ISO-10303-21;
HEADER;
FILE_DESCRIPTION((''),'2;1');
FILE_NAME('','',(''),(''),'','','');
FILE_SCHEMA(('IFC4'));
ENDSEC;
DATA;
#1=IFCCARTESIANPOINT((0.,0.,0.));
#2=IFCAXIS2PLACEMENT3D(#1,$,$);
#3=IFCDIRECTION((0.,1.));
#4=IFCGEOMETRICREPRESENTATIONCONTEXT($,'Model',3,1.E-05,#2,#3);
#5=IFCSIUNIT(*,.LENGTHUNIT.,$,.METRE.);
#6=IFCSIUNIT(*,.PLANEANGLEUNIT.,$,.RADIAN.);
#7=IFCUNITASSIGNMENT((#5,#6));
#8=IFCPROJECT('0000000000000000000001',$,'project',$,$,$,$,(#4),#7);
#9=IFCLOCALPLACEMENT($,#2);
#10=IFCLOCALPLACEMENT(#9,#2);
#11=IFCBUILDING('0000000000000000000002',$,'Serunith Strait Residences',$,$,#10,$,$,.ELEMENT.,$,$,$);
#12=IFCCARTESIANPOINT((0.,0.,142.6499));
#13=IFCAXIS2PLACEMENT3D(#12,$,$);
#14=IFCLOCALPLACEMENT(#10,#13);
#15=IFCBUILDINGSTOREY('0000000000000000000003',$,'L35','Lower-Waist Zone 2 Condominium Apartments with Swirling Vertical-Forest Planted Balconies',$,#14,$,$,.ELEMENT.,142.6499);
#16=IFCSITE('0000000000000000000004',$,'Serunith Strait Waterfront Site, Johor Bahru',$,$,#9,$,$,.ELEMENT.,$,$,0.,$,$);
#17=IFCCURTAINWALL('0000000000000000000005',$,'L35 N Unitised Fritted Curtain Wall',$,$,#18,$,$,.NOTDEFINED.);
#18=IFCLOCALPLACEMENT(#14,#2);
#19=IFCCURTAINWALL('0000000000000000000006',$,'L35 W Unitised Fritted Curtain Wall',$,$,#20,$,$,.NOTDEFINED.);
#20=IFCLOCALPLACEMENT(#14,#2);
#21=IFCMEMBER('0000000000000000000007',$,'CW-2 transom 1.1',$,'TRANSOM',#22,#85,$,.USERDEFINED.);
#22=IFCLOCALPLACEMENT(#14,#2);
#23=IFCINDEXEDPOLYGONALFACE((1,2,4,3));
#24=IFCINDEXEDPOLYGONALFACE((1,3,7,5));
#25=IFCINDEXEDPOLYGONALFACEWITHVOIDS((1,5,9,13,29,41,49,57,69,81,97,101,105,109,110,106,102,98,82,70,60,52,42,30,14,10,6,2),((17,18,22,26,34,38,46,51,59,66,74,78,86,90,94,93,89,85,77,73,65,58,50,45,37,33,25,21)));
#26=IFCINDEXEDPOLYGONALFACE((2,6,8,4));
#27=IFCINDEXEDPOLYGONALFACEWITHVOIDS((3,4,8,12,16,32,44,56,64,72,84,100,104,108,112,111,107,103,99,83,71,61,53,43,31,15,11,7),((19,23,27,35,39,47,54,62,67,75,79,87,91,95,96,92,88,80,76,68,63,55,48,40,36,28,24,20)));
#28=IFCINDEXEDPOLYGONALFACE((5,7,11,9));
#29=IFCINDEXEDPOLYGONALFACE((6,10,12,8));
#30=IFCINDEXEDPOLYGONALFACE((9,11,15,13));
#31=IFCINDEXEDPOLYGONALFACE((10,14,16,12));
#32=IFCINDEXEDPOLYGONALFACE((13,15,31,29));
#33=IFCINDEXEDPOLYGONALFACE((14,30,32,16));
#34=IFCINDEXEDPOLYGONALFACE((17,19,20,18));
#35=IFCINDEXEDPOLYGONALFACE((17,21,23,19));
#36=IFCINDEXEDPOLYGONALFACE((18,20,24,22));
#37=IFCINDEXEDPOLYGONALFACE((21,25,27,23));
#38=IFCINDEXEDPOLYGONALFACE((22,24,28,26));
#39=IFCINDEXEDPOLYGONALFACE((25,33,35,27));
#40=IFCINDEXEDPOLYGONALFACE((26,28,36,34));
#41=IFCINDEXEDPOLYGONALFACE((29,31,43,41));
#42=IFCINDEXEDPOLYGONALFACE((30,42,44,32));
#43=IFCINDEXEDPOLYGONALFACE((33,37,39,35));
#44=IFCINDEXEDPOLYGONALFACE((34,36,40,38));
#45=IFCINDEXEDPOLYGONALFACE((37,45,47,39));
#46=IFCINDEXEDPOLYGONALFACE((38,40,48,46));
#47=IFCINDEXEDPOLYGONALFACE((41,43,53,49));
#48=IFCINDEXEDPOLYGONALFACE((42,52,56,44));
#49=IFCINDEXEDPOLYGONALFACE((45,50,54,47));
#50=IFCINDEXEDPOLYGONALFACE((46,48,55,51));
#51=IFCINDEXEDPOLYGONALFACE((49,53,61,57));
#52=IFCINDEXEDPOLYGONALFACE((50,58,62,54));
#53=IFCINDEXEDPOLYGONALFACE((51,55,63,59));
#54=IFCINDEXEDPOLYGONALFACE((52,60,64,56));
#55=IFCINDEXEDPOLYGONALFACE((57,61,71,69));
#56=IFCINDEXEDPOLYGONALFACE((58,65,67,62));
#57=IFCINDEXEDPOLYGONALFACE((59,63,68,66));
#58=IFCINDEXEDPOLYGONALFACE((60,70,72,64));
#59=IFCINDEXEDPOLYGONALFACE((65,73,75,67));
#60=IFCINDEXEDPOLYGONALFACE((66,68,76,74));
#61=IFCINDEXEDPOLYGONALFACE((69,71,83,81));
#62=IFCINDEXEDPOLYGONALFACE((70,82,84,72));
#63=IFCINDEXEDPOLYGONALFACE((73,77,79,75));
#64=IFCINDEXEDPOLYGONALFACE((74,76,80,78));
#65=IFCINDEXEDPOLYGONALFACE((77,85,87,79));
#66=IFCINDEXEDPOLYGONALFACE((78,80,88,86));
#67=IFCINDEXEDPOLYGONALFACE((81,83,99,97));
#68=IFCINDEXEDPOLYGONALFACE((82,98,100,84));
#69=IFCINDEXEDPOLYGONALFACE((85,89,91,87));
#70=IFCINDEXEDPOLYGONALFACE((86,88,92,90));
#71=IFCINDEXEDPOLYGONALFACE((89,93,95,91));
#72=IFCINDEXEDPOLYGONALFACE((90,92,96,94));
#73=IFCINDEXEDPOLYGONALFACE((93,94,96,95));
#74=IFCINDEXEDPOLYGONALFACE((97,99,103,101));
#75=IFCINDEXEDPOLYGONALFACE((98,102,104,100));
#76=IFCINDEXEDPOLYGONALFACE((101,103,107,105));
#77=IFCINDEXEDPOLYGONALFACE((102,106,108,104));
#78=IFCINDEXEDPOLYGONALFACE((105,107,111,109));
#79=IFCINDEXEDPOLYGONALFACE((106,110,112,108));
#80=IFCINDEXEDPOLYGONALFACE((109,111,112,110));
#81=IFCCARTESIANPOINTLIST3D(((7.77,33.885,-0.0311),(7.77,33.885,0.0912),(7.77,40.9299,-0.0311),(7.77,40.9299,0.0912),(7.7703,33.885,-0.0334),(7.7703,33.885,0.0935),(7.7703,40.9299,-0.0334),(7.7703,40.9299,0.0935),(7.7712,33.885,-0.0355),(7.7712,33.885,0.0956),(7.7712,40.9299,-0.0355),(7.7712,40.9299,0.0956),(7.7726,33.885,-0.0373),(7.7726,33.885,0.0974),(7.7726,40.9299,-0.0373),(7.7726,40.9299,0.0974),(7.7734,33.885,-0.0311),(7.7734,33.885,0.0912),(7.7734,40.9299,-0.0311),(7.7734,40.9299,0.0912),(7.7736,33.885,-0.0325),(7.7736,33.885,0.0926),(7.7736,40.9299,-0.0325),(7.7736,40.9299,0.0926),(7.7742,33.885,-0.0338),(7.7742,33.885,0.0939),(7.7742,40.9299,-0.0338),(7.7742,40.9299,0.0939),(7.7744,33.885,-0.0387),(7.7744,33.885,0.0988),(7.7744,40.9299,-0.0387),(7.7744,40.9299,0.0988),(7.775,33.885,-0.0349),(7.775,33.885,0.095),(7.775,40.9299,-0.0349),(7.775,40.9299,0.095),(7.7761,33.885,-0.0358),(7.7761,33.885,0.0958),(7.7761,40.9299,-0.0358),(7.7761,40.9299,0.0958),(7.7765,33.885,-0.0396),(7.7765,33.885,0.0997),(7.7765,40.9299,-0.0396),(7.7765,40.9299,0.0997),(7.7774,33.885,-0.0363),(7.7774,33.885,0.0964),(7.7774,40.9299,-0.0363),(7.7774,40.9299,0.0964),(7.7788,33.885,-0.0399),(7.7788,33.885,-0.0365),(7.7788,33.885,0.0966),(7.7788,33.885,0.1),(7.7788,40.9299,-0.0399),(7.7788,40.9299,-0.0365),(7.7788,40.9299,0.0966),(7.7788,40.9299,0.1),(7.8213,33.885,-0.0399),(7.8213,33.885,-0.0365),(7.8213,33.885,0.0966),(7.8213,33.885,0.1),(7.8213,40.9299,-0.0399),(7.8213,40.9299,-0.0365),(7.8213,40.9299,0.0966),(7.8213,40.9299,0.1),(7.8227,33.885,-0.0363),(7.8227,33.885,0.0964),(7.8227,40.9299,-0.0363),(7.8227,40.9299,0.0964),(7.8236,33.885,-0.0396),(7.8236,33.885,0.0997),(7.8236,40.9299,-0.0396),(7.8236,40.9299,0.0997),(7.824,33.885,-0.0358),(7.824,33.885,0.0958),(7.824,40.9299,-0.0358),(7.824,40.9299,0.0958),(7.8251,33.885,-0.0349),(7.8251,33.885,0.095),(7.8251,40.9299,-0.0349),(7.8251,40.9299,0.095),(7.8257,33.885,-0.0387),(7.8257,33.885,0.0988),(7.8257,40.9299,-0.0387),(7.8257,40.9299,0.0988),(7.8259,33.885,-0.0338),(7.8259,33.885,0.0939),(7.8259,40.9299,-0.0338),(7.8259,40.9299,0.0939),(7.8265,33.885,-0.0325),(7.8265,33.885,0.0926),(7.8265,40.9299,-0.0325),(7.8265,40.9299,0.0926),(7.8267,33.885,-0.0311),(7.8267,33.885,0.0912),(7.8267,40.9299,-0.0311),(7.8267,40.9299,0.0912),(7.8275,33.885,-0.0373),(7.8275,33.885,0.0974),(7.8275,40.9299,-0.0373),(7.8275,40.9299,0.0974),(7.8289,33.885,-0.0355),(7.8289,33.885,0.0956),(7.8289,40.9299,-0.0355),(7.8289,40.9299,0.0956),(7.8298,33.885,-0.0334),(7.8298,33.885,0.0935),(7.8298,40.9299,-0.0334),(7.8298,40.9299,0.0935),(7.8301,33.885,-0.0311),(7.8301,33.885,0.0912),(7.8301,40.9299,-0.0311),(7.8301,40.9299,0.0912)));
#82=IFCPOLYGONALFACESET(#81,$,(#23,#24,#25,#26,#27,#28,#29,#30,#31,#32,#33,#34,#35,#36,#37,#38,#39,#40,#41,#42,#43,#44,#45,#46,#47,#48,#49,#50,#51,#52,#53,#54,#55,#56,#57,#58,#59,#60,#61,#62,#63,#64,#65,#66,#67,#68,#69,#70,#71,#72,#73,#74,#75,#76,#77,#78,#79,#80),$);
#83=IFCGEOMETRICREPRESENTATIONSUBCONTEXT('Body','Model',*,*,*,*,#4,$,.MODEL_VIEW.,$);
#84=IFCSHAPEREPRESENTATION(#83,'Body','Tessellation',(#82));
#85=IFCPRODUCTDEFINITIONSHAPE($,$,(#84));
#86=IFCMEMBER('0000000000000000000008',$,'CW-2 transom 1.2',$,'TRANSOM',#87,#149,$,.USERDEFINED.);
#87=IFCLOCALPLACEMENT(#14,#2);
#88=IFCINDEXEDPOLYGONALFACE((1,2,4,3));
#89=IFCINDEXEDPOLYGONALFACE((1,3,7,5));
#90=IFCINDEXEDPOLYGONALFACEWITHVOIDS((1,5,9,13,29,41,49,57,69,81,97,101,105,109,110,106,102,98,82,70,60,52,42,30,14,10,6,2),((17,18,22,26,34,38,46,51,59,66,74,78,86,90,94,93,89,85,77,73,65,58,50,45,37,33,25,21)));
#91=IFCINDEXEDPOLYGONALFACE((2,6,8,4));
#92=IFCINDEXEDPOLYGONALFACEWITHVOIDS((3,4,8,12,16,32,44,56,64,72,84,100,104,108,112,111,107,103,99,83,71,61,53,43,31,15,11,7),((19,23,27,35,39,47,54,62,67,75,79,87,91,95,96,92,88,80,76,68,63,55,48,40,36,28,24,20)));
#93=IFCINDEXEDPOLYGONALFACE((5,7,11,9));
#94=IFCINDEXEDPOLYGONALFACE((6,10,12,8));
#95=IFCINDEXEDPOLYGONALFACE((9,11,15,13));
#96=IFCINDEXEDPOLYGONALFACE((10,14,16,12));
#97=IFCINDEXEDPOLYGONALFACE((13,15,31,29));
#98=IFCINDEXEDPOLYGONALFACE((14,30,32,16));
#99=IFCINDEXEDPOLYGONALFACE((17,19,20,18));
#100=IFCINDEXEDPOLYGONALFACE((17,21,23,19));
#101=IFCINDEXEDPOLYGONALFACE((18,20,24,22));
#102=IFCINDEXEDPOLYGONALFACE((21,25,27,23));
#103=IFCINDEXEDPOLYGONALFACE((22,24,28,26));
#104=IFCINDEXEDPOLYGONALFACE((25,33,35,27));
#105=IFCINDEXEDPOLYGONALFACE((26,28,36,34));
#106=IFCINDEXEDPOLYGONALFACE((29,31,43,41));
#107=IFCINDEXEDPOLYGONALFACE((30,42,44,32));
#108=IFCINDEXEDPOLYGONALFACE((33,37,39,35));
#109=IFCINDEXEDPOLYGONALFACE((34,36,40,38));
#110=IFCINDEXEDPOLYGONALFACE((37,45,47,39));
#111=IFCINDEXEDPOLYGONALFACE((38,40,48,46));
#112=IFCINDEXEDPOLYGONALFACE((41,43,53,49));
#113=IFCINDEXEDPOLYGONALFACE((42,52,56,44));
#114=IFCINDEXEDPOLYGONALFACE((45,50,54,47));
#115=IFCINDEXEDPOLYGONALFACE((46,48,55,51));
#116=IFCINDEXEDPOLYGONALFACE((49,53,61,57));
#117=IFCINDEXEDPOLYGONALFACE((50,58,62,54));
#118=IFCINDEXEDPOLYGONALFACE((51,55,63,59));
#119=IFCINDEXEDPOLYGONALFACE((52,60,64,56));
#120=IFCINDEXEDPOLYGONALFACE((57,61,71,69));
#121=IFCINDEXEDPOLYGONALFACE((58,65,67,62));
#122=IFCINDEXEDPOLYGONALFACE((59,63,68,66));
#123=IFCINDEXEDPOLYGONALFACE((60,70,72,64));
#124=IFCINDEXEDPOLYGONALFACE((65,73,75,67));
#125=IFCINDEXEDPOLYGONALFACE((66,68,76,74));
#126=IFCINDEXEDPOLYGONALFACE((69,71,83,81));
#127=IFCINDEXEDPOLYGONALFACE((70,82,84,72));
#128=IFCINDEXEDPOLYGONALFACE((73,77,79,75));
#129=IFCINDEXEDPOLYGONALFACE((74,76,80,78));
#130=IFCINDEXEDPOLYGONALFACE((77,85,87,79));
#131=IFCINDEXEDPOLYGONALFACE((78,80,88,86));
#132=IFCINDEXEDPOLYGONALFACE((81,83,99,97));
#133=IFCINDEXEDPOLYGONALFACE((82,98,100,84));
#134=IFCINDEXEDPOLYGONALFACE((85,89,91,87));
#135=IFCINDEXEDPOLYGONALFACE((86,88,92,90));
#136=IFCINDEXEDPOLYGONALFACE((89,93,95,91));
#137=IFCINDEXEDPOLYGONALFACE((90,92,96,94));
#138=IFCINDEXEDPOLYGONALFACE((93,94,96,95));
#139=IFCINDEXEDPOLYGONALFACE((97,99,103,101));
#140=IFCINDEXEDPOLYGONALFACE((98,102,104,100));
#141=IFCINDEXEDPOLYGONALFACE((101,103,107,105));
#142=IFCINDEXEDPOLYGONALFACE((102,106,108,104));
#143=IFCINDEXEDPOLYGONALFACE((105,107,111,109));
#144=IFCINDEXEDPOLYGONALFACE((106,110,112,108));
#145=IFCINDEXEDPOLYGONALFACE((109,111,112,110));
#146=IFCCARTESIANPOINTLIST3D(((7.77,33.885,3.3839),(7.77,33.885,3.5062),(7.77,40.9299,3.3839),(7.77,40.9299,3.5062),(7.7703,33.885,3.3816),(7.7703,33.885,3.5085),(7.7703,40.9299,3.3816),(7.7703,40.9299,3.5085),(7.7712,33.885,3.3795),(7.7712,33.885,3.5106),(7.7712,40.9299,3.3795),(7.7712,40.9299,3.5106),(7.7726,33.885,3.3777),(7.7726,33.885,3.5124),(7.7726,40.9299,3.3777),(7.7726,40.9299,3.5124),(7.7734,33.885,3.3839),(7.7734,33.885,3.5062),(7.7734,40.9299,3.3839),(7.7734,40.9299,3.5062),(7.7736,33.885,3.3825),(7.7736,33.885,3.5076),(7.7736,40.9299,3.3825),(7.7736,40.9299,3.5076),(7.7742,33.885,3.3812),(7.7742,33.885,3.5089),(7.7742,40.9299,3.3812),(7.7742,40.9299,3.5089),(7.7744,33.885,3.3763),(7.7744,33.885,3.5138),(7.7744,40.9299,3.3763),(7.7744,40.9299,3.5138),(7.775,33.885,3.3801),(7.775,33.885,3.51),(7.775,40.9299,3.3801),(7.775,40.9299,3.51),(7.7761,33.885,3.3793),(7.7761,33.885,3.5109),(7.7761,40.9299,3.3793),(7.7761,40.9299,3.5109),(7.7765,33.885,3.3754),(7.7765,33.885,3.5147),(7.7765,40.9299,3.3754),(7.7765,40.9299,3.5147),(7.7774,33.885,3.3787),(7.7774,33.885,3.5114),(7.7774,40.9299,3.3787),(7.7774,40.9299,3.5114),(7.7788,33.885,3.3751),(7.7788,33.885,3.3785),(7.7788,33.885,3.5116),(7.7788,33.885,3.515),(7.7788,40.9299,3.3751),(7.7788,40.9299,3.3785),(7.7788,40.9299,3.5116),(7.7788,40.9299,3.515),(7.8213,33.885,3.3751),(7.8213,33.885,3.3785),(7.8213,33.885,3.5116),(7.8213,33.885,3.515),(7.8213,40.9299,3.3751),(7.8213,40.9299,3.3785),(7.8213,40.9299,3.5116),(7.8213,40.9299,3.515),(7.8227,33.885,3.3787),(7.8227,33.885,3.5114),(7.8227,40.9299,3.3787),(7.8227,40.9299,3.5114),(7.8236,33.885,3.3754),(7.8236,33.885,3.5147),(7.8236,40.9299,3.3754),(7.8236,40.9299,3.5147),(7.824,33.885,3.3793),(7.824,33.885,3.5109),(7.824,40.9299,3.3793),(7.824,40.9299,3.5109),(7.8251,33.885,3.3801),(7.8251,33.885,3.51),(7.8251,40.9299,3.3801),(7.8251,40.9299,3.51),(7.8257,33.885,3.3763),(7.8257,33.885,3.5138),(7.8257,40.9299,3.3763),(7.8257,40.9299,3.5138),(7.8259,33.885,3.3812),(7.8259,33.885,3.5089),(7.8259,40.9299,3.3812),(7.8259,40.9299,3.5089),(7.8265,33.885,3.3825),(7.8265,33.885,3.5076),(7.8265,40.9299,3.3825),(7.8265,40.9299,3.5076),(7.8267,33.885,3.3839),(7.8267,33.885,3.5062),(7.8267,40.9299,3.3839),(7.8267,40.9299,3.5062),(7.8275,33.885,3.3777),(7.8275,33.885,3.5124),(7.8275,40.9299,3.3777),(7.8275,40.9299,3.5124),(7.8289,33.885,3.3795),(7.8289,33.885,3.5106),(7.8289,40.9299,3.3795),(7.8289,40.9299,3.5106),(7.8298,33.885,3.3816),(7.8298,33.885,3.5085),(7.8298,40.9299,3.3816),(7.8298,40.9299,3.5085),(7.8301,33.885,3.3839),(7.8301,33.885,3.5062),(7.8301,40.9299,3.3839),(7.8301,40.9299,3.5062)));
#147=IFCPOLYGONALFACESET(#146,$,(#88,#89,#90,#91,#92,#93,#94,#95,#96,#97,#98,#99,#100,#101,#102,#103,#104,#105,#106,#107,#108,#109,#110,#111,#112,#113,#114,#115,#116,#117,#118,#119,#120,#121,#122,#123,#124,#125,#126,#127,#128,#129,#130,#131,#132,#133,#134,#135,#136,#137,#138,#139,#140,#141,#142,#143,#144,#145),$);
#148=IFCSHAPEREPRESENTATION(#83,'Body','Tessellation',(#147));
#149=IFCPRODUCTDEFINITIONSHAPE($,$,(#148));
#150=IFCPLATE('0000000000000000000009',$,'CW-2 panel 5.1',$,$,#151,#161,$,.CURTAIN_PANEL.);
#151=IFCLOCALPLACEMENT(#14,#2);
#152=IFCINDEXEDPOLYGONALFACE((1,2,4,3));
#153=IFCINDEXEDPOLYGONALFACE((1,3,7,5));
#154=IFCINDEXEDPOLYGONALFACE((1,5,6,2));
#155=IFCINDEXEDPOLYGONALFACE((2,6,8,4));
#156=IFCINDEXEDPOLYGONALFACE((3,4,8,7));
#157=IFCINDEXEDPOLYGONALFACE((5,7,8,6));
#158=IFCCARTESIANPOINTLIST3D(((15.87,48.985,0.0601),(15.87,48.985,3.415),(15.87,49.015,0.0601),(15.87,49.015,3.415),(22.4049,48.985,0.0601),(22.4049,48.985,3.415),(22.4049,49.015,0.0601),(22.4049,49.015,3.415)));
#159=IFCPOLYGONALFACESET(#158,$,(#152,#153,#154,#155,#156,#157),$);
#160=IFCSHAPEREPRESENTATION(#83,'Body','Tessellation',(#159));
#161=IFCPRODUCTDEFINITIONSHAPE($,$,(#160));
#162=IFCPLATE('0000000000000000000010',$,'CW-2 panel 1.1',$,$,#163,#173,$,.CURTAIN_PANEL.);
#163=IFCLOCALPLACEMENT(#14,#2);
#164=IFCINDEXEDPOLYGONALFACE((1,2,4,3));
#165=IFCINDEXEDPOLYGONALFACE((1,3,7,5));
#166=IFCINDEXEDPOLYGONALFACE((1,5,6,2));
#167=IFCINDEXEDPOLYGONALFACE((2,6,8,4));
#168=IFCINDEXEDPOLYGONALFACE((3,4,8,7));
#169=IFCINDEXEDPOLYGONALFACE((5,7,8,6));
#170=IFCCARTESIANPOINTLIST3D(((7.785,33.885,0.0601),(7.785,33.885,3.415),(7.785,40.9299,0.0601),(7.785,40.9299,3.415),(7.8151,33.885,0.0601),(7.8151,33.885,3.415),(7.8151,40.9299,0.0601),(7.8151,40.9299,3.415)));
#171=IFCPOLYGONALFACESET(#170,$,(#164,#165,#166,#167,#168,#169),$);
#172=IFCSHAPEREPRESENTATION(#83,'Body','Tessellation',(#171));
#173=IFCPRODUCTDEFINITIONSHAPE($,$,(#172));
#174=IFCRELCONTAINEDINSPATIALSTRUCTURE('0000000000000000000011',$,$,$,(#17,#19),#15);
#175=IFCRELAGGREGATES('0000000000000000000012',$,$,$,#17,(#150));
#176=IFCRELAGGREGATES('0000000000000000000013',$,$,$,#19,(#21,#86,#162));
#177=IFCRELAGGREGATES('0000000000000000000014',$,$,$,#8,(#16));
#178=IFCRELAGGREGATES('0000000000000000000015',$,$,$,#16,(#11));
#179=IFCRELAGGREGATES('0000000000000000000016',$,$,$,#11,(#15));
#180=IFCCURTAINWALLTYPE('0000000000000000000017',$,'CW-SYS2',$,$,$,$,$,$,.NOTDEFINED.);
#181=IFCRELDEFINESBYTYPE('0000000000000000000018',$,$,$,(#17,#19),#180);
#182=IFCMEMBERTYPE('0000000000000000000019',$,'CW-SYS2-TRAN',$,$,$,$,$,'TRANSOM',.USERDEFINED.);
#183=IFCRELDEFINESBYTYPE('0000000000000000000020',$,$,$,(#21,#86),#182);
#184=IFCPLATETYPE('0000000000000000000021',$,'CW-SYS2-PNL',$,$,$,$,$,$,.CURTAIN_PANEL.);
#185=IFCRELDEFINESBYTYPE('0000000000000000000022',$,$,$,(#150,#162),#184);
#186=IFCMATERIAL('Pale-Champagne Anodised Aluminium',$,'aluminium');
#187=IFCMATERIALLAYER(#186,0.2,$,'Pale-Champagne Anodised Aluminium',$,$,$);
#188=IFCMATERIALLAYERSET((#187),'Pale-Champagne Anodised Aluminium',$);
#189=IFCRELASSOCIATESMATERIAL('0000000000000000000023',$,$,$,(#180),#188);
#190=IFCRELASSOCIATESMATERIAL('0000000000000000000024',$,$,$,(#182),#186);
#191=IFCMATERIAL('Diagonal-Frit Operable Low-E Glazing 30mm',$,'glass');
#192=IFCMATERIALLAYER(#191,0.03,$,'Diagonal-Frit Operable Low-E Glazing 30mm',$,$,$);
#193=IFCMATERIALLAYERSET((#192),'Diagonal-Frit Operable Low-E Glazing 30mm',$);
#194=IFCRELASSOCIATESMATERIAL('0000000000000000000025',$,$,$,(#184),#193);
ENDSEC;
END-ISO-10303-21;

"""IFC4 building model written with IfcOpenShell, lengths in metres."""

from ifc_helpers import new_model, si_unit, direction, frame, origin, origin_2d, place, context, subcontext, project, spatial, rectangle, hollow_rectangle, extrude, source, transform, mapped, material, layer, layer_set, material_profile, profile_set, type_object, element, aggregate, save


model = new_model("IFC4")

# Units and contexts
model_context = context("Model", 3, precision=1e-05, world=origin(), true_north=direction((0.0, 1.0)))
body_context = subcontext(model_context, "Body", "Model", "MODEL_VIEW")
ifc_project = project(units=[si_unit("LENGTHUNIT", "METRE"), si_unit("PLANEANGLEUNIT", "RADIAN")], contexts=[model_context])

# Site, building, storey
site_placement = place(None, origin())
site = spatial("IfcSite", under=ifc_project, at=site_placement, Name="Serunith Strait Waterfront Site, Johor Bahru", CompositionType="ELEMENT", RefElevation=0.0)
building_placement = place(site_placement, origin())
building = spatial("IfcBuilding", under=site, at=building_placement, Name="Serunith Strait Residences", CompositionType="ELEMENT")
storey_placement = place(building_placement, frame((0.0, 0.0, 142.6499)))
storey = spatial("IfcBuildingStorey", under=building, at=storey_placement, Name="L35", Description="Lower-Waist Zone 2 Condominium Apartments with Swirling Vertical-Forest Planted Balconies", CompositionType="ELEMENT", Elevation=142.6499)

# Curtain wall
ifc_material_1 = material(Name="Pale-Champagne Anodised Aluminium", Category="aluminium")
ifc_layer_1 = layer(ifc_material_1, 0.2, Name="Pale-Champagne Anodised Aluminium")
ifc_layer_set_1 = layer_set([ifc_layer_1], Name="Pale-Champagne Anodised Aluminium")
curtain_wall_type = type_object("IfcCurtainWallType", Name="CW-SYS2", PredefinedType="NOTDEFINED", material=ifc_layer_set_1)
curtain_wall_1_placement = place(storey_placement, origin())
curtain_wall_1 = element("IfcCurtainWall", 1, at=curtain_wall_1_placement, inside=storey, type_object=curtain_wall_type, Name="L35 N Unitised Fritted Curtain Wall", PredefinedType="NOTDEFINED")

# Curtain wall, members
curtain_wall_2_placement = place(storey_placement, origin())
curtain_wall_2 = element("IfcCurtainWall", 2, at=curtain_wall_2_placement, inside=storey, type_object=curtain_wall_type, Name="L35 W Unitised Fritted Curtain Wall", PredefinedType="NOTDEFINED")
ifc_material_profile_1 = material_profile(ifc_material_1, hollow_rectangle(XDim=0.0601, YDim=0.1399, WallThickness=0.0034, InnerFilletRadius=0.0054, OuterFilletRadius=0.0088, at=origin_2d()), Name="ALU 140x60x3.5")
ifc_profile_set_1 = profile_set([ifc_material_profile_1], Name="Pale-Champagne Anodised Aluminium")
member_type_1 = type_object("IfcMemberType", Name="CW-SYS2-TRAN", ElementType="TRANSOM", PredefinedType="USERDEFINED", material=ifc_profile_set_1)
shared_shape_1 = source(origin(), body_context, "Body", "SweptSolid", [
    extrude(hollow_rectangle(XDim=0.0601, YDim=0.1399, WallThickness=0.0034, InnerFilletRadius=0.0054, OuterFilletRadius=0.0088, at=origin_2d()), origin(), (0.0, 0.0, 1.0), 7.0449),
])
member_1_placement = place(storey_placement, frame((7.8, 40.9299, 0.03), z_axis=(0.0, -1.0, 0.0), x_axis=(1.0, 0.0, 0.0)))
member_1 = element("IfcMember", 3, at=member_1_placement, type_object=member_type_1, Name="CW-2 transom 1.1", ObjectType="TRANSOM", PredefinedType="USERDEFINED", context=body_context, shape_type="MappedRepresentation", body=[
    mapped(shared_shape_1, transform((0.0, 0.0, 0.0), scale=1.0)),
])
member_2_placement = place(storey_placement, frame((7.8, 40.9299, 3.4451), z_axis=(0.0, -1.0, 0.0), x_axis=(1.0, 0.0, 0.0)))
member_2 = element("IfcMember", 4, at=member_2_placement, type_object=member_type_1, Name="CW-2 transom 1.2", ObjectType="TRANSOM", PredefinedType="USERDEFINED", context=body_context, shape_type="MappedRepresentation", body=[
    mapped(shared_shape_1, transform((0.0, 0.0, 0.0), scale=1.0)),
])

# Plates
ifc_material_2 = material(Name="Diagonal-Frit Operable Low-E Glazing 30mm", Category="glass")
ifc_layer_2 = layer(ifc_material_2, 0.03, Name="Diagonal-Frit Operable Low-E Glazing 30mm")
ifc_layer_set_2 = layer_set([ifc_layer_2], Name="Diagonal-Frit Operable Low-E Glazing 30mm")
plate_type = type_object("IfcPlateType", Name="CW-SYS2-PNL", PredefinedType="CURTAIN_PANEL", material=ifc_layer_set_2)
shared_shape_2 = source(origin(), body_context, "Body", "SweptSolid", [
    extrude(rectangle(XDim=6.5349, YDim=0.03, at=origin_2d()), origin(), (0.0, 0.0, 1.0), 3.355),
])
plate_1_placement = place(storey_placement, frame((19.1375, 49.0, 0.0601), z_axis=(0.0, 0.0, 1.0), x_axis=(-1.0, 0.0, 0.0)))
plate_1 = element("IfcPlate", 5, at=plate_1_placement, type_object=plate_type, Name="CW-2 panel 5.1", PredefinedType="CURTAIN_PANEL", context=body_context, shape_type="MappedRepresentation", body=[
    mapped(shared_shape_2, transform((0.0, 0.0, 0.0), scale=1.0)),
])
aggregate(curtain_wall_1, [plate_1])
shared_shape_3 = source(origin(), body_context, "Body", "SweptSolid", [
    extrude(rectangle(XDim=7.0449, YDim=0.03, at=origin_2d()), origin(), (0.0, 0.0, 1.0), 3.355),
])
plate_2_placement = place(storey_placement, frame((7.8, 37.4075, 0.0601), z_axis=(0.0, 0.0, 1.0), x_axis=(0.0, -1.0, 0.0)))
plate_2 = element("IfcPlate", 6, at=plate_2_placement, type_object=plate_type, Name="CW-2 panel 1.1", PredefinedType="CURTAIN_PANEL", context=body_context, shape_type="MappedRepresentation", body=[
    mapped(shared_shape_3, transform((0.0, 0.0, 0.0), scale=1.0)),
])
aggregate(curtain_wall_2, [member_1, member_2, plate_2])

save(model, "model.ifc")
